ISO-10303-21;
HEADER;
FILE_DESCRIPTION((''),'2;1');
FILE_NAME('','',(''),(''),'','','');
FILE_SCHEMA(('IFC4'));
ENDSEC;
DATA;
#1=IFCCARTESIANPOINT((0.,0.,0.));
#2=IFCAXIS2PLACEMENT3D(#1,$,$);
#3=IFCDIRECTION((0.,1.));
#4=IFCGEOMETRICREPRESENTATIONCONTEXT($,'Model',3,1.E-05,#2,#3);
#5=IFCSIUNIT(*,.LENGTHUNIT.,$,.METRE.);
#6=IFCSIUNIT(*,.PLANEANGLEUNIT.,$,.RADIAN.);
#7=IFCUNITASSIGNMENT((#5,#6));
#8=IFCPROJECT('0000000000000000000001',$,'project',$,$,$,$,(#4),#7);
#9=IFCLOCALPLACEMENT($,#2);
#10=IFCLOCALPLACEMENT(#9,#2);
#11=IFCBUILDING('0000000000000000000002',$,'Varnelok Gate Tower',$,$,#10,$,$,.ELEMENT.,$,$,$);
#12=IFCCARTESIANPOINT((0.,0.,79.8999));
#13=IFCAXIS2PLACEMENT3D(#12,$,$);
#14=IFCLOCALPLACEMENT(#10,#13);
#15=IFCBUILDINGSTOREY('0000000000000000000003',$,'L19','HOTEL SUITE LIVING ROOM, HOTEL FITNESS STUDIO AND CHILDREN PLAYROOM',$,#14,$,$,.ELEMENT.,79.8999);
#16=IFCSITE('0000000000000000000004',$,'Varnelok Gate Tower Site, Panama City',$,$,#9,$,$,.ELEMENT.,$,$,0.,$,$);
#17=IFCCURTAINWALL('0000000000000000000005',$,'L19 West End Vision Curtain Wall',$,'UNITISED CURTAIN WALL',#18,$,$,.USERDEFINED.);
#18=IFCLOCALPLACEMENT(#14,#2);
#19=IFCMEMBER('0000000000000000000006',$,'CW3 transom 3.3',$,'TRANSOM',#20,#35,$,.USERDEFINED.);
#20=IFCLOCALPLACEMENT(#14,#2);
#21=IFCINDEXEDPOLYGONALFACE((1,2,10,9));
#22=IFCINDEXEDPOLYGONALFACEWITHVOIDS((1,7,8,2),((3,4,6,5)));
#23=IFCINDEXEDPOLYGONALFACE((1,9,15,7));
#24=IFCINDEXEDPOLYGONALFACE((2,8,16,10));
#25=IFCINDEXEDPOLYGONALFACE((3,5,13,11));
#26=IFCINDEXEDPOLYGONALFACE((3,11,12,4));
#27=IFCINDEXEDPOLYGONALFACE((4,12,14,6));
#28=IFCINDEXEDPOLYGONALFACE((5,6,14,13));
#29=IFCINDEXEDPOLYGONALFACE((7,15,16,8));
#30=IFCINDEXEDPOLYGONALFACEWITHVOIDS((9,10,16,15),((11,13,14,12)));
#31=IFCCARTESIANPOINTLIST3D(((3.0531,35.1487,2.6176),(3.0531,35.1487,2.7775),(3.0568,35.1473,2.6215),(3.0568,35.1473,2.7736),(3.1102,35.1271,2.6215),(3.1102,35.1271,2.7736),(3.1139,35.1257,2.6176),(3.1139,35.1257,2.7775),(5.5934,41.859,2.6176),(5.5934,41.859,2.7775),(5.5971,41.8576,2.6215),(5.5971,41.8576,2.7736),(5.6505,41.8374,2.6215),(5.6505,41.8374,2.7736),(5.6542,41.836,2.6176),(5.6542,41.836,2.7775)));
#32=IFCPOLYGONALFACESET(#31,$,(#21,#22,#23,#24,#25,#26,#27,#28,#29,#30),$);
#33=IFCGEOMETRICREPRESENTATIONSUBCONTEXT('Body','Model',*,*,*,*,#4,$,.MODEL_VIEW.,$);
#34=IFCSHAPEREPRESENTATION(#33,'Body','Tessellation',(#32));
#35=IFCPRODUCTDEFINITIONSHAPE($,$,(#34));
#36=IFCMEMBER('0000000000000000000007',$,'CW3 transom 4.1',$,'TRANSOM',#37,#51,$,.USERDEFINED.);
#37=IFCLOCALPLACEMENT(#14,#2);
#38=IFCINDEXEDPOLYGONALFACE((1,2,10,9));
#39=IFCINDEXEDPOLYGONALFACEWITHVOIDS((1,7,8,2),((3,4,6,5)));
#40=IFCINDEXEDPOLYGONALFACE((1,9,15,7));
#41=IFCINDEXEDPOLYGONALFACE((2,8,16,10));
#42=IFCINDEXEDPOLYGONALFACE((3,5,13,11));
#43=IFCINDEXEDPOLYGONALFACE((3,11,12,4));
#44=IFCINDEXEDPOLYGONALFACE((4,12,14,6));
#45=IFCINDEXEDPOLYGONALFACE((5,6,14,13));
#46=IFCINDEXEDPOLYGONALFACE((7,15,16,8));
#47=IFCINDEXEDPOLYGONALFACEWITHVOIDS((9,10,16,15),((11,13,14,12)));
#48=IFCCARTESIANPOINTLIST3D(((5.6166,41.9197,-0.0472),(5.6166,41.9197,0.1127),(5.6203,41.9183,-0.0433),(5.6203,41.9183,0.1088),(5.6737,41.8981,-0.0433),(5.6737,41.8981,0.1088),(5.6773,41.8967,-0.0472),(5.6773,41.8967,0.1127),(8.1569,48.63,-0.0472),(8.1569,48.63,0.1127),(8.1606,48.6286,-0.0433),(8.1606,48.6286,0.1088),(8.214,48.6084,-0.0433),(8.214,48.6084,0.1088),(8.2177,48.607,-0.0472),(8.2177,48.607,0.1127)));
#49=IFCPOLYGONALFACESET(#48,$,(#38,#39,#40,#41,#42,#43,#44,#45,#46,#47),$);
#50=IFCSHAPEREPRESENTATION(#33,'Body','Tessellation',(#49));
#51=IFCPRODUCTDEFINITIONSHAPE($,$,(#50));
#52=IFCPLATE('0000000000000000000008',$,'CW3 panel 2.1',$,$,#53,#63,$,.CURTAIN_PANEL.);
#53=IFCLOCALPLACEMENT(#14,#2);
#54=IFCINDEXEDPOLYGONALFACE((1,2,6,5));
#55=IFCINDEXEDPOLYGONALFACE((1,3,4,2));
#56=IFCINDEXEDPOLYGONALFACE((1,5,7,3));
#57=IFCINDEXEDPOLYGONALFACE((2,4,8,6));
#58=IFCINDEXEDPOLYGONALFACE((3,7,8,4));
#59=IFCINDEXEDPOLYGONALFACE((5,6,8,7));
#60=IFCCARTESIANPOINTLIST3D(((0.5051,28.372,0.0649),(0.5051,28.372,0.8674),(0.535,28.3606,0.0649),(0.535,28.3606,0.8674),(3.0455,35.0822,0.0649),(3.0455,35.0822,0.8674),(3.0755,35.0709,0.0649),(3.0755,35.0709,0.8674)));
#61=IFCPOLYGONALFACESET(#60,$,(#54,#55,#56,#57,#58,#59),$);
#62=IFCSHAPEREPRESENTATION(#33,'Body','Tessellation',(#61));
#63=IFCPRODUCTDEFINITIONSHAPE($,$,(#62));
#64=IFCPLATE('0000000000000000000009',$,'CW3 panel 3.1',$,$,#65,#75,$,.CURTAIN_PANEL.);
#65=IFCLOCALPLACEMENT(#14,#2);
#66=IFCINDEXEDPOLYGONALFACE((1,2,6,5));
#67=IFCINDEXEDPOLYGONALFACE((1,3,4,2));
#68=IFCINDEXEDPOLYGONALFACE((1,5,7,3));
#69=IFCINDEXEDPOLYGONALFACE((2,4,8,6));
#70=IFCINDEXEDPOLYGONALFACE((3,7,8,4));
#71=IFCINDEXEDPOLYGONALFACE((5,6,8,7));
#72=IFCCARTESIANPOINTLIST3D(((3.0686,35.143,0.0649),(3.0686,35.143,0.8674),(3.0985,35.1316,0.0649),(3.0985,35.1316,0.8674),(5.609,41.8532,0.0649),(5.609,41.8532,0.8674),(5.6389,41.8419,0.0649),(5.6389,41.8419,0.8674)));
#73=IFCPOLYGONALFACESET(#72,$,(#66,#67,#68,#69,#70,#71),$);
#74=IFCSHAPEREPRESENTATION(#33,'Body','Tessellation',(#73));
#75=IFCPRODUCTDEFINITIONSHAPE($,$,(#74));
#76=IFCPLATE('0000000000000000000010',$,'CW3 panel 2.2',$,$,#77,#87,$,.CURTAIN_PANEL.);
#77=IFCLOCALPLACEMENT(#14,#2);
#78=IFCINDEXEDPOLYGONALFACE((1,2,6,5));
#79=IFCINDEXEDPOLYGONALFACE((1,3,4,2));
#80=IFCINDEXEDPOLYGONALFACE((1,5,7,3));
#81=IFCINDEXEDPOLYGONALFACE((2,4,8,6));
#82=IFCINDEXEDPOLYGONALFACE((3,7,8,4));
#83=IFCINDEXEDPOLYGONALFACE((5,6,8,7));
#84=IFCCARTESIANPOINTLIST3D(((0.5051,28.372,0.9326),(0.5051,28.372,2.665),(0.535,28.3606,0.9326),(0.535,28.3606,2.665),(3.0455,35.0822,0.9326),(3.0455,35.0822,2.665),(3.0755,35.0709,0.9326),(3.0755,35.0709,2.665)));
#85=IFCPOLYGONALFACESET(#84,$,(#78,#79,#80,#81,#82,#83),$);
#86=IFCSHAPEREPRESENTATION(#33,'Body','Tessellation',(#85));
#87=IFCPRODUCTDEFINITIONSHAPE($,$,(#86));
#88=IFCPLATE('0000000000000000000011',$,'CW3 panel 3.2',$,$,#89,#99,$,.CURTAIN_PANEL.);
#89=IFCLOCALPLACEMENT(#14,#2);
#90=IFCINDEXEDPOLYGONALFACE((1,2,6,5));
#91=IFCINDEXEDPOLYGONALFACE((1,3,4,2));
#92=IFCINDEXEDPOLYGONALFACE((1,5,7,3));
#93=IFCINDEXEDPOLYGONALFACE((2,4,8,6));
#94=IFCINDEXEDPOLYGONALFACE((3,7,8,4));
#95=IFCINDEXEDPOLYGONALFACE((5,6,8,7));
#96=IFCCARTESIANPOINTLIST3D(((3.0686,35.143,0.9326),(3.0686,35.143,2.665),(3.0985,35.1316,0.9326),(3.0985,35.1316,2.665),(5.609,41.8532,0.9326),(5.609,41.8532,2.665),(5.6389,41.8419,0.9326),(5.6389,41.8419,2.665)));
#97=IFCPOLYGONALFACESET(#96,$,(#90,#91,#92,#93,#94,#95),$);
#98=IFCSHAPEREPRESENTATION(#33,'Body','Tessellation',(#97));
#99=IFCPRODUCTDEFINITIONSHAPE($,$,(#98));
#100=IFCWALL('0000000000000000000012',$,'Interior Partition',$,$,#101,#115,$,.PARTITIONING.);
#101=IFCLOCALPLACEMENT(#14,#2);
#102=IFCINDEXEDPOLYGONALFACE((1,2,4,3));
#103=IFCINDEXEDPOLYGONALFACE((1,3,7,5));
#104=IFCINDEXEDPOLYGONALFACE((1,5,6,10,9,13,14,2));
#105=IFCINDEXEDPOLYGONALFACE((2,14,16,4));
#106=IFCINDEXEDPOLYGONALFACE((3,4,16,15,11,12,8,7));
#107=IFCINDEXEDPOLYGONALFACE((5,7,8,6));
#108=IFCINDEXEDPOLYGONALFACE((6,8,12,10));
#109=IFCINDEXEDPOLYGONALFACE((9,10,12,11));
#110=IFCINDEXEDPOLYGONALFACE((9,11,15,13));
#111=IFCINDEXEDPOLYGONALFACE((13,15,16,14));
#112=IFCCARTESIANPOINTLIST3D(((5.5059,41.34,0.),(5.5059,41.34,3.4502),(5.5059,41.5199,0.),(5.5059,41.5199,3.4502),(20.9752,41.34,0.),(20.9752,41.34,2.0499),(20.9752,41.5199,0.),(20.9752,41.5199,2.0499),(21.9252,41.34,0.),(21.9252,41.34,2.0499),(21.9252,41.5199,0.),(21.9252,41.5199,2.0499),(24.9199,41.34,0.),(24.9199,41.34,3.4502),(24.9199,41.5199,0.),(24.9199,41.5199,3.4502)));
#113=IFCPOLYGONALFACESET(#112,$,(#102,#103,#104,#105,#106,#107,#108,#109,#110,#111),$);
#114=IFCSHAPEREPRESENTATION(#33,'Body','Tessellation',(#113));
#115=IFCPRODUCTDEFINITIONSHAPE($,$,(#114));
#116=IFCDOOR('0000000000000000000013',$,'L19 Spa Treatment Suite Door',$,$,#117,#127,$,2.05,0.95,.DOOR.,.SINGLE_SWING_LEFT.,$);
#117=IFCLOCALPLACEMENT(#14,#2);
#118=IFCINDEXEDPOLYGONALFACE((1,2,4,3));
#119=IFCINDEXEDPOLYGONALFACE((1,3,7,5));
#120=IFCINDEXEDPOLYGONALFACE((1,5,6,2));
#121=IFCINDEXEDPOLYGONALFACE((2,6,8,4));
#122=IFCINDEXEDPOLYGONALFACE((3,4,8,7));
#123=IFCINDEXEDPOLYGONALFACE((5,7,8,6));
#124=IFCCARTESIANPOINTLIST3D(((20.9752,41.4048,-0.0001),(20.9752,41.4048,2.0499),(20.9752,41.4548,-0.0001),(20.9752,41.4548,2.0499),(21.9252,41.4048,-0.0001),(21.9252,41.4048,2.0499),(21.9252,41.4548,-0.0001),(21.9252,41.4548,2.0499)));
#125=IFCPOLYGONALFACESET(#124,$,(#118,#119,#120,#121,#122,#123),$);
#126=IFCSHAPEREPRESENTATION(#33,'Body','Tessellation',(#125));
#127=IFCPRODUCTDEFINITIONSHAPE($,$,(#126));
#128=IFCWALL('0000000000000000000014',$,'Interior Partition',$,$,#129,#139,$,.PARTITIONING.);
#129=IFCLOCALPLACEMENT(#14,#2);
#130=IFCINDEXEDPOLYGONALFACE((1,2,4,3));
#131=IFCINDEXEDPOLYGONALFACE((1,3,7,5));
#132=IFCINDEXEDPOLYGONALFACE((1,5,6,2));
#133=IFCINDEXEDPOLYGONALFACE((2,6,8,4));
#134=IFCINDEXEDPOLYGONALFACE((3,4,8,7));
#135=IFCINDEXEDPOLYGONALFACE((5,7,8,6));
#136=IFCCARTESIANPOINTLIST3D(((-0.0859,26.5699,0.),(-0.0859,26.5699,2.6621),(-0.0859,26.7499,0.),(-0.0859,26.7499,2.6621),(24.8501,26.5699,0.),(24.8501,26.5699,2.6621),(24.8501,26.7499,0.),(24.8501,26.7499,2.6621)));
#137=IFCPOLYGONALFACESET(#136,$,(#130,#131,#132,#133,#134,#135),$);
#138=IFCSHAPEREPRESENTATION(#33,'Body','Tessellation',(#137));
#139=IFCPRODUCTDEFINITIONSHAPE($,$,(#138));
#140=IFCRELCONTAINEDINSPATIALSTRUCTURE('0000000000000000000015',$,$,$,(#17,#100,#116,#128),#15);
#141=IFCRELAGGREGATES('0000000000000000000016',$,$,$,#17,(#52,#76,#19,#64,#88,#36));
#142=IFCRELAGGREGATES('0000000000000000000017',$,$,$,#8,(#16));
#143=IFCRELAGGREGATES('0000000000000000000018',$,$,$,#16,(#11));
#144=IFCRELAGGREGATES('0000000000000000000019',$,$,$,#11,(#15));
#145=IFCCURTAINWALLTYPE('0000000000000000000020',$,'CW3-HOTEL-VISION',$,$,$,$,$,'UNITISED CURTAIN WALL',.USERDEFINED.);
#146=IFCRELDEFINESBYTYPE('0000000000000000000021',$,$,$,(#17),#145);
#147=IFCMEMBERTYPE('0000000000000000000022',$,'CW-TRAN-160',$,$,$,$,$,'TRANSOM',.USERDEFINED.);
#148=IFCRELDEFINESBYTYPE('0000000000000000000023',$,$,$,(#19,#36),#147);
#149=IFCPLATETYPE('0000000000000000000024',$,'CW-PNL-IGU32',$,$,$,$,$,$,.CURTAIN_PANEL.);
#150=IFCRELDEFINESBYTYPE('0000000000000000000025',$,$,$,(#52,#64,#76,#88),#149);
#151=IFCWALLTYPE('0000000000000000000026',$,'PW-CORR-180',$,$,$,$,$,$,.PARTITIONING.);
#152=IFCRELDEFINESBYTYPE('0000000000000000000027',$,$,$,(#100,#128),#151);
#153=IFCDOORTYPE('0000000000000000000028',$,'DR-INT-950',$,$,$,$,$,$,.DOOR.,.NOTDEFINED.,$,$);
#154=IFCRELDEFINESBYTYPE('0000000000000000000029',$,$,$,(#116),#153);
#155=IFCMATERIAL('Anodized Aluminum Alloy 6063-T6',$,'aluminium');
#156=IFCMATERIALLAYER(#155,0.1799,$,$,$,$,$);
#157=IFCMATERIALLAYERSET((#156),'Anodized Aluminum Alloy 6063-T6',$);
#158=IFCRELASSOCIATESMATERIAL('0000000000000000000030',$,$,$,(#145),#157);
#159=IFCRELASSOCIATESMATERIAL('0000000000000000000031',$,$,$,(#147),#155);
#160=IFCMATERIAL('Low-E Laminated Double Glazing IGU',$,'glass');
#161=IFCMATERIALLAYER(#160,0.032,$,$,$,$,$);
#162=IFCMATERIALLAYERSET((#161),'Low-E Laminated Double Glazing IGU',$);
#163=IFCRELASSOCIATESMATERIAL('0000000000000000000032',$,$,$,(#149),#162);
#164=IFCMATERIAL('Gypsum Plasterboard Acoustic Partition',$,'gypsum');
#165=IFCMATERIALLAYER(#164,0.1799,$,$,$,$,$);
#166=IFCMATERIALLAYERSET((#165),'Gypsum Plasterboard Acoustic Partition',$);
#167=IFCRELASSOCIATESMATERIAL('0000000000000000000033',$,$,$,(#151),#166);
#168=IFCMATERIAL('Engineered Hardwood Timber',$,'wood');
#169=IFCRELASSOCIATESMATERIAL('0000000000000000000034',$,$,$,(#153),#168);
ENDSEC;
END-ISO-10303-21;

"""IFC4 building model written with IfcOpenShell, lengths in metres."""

from ifc_helpers import new_model, si_unit, direction, frame, frame_2d, origin, origin_2d, place, context, subcontext, project, spatial, rectangle, hollow_rectangle, extrude, source, transform, mapped, material, layer, layer_set, material_profile, profile_set, type_object, element, fill, aggregate, save


model = new_model("IFC4")

# Units and contexts
model_context = context("Model", 3, precision=1e-05, world=origin(), true_north=direction((0.0, 1.0)))
body_context = subcontext(model_context, "Body", "Model", "MODEL_VIEW")
ifc_project = project(units=[si_unit("LENGTHUNIT", "METRE"), si_unit("PLANEANGLEUNIT", "RADIAN")], contexts=[model_context])

# Site, building, storey
site_placement = place(None, origin())
site = spatial("IfcSite", under=ifc_project, at=site_placement, Name="Varnelok Gate Tower Site, Panama City", CompositionType="ELEMENT", RefElevation=0.0)
building_placement = place(site_placement, origin())
building = spatial("IfcBuilding", under=site, at=building_placement, Name="Varnelok Gate Tower", CompositionType="ELEMENT")
storey_placement = place(building_placement, frame((0.0, 0.0, 79.8999)))
storey = spatial("IfcBuildingStorey", under=building, at=storey_placement, Name="L19", Description="HOTEL SUITE LIVING ROOM, HOTEL FITNESS STUDIO AND CHILDREN PLAYROOM", CompositionType="ELEMENT", Elevation=79.8999)

# Curtain wall, members, plates
ifc_material_1 = material(Name="Anodized Aluminum Alloy 6063-T6", Category="aluminium")
ifc_layer_1 = layer(ifc_material_1, 0.1799)
ifc_layer_set_1 = layer_set([ifc_layer_1], Name="Anodized Aluminum Alloy 6063-T6")
curtain_wall_type = type_object("IfcCurtainWallType", Name="CW3-HOTEL-VISION", ElementType="UNITISED CURTAIN WALL", PredefinedType="USERDEFINED", material=ifc_layer_set_1)
curtain_wall_placement = place(storey_placement, origin())
curtain_wall = element("IfcCurtainWall", 1, at=curtain_wall_placement, inside=storey, type_object=curtain_wall_type, Name="L19 West End Vision Curtain Wall", ObjectType="UNITISED CURTAIN WALL", PredefinedType="USERDEFINED")
ifc_material_profile_1 = material_profile(ifc_material_1, hollow_rectangle(XDim=0.0649, YDim=0.1599, WallThickness=0.0039, at=origin_2d()), Name="ALU160X65X4")
ifc_profile_set_1 = profile_set([ifc_material_profile_1], Name="Anodized Aluminum Alloy 6063-T6")
member_type_1 = type_object("IfcMemberType", Name="CW-TRAN-160", ElementType="TRANSOM", PredefinedType="USERDEFINED", material=ifc_profile_set_1)
member_1_placement = place(storey_placement, frame((3.0835, 35.1372, 2.6975), z_axis=(0.354049, 0.935227, 0.0), x_axis=(-0.935227, 0.354049, 0.0)))
member_1 = element("IfcMember", 2, at=member_1_placement, type_object=member_type_1, Name="CW3 transom 3.3", ObjectType="TRANSOM", PredefinedType="USERDEFINED", context=body_context, shape_type="SweptSolid", body=[
    extrude(hollow_rectangle(XDim=0.0649, YDim=0.1599, WallThickness=0.0039, at=origin_2d()), origin(), (0.0, 0.0, 1.0), 7.175),
])
member_2_placement = place(storey_placement, frame((5.647, 41.9082, 0.0327), z_axis=(0.354049, 0.935227, 0.0), x_axis=(-0.935227, 0.354049, 0.0)))
member_2 = element("IfcMember", 3, at=member_2_placement, type_object=member_type_1, Name="CW3 transom 4.1", ObjectType="TRANSOM", PredefinedType="USERDEFINED", context=body_context, shape_type="SweptSolid", body=[
    extrude(hollow_rectangle(XDim=0.0649, YDim=0.1599, WallThickness=0.0039, at=origin_2d()), origin(), (0.0, 0.0, 1.0), 7.175),
])
ifc_material_2 = material(Name="Low-E Laminated Double Glazing IGU", Category="glass")
ifc_layer_2 = layer(ifc_material_2, 0.032)
ifc_layer_set_2 = layer_set([ifc_layer_2], Name="Low-E Laminated Double Glazing IGU")
plate_type = type_object("IfcPlateType", Name="CW-PNL-IGU32", PredefinedType="CURTAIN_PANEL", material=ifc_layer_set_2)
shared_shape_1 = source(origin(), body_context, "Body", "SweptSolid", [
    extrude(rectangle(XDim=7.175, YDim=0.032, at=origin_2d()), origin(), (0.0, 0.0, 1.0), 0.8025),
])
plate_1_placement = place(storey_placement, frame((1.7903, 31.7214, 0.0649), z_axis=(0.0, 0.0, 1.0), x_axis=(0.354064, 0.935221, 0.0)))
plate_1 = element("IfcPlate", 4, at=plate_1_placement, type_object=plate_type, Name="CW3 panel 2.1", PredefinedType="CURTAIN_PANEL", context=body_context, shape_type="MappedRepresentation", body=[
    mapped(shared_shape_1, transform((0.0, 0.0, 0.0), scale=1.0)),
])
plate_2_placement = place(storey_placement, frame((4.3538, 38.4924, 0.0649), z_axis=(0.0, 0.0, 1.0), x_axis=(0.354064, 0.935221, 0.0)))
plate_2 = element("IfcPlate", 5, at=plate_2_placement, type_object=plate_type, Name="CW3 panel 3.1", PredefinedType="CURTAIN_PANEL", context=body_context, shape_type="MappedRepresentation", body=[
    mapped(shared_shape_1, transform((0.0, 0.0, 0.0), scale=1.0)),
])
shared_shape_2 = source(origin(), body_context, "Body", "SweptSolid", [
    extrude(rectangle(XDim=7.175, YDim=0.032, at=origin_2d()), origin(), (0.0, 0.0, 1.0), 1.7324),
])
plate_3_placement = place(storey_placement, frame((1.7903, 31.7214, 0.9326), z_axis=(0.0, 0.0, 1.0), x_axis=(0.354064, 0.935221, 0.0)))
plate_3 = element("IfcPlate", 6, at=plate_3_placement, type_object=plate_type, Name="CW3 panel 2.2", PredefinedType="CURTAIN_PANEL", context=body_context, shape_type="MappedRepresentation", body=[
    mapped(shared_shape_2, transform((0.0, 0.0, 0.0), scale=1.0)),
])
plate_4_placement = place(storey_placement, frame((4.3538, 38.4924, 0.9326), z_axis=(0.0, 0.0, 1.0), x_axis=(0.354064, 0.935221, 0.0)))
plate_4 = element("IfcPlate", 7, at=plate_4_placement, type_object=plate_type, Name="CW3 panel 3.2", PredefinedType="CURTAIN_PANEL", context=body_context, shape_type="MappedRepresentation", body=[
    mapped(shared_shape_2, transform((0.0, 0.0, 0.0), scale=1.0)),
])
aggregate(curtain_wall, [plate_1, plate_3, member_1, plate_2, plate_4, member_2])

# Wall, opening, door
ifc_material_3 = material(Name="Gypsum Plasterboard Acoustic Partition", Category="gypsum")
ifc_layer_3 = layer(ifc_material_3, 0.1799)
ifc_layer_set_3 = layer_set([ifc_layer_3], Name="Gypsum Plasterboard Acoustic Partition")
wall_type = type_object("IfcWallType", Name="PW-CORR-180", PredefinedType="PARTITIONING", material=ifc_layer_set_3)
wall_1_placement = place(storey_placement, frame((5.5059, 41.4299, 0.0), z_axis=(0.0, 0.0, 1.0), x_axis=(1.0, 0.0, 0.0)))
wall_1 = element("IfcWall", 8, at=wall_1_placement, inside=storey, type_object=wall_type, Name="Interior Partition", PredefinedType="PARTITIONING", context=body_context, shape_type="SweptSolid", body=[
    extrude(rectangle(XDim=19.4141, YDim=0.1799, at=frame_2d((9.707, 0.0))), origin(), (0.0, 0.0, 1.0), 3.4502),
])
opening_placement = place(wall_1_placement, frame((15.4692, 0.0, 0.0)))
opening = element("IfcOpeningElement", 9, at=opening_placement, cuts=wall_1, PredefinedType="OPENING", context=body_context, shape_type="SweptSolid", body=[
    extrude(rectangle(XDim=0.95, YDim=2.05, at=frame_2d((0.4751, 1.0249))), frame((0.0, 0.0999, 0.0), z_axis=(0.0, -1.0, 0.0), x_axis=(1.0, 0.0, 0.0)), (0.0, 0.0, 1.0), 0.2),
])
ifc_material_4 = material(Name="Engineered Hardwood Timber", Category="wood")
door_type = type_object("IfcDoorType", Name="DR-INT-950", OperationType="NOTDEFINED", PredefinedType="DOOR", material=ifc_material_4)
door_placement = place(opening_placement, origin())
door = element("IfcDoor", 10, at=door_placement, inside=storey, type_object=door_type, Name="L19 Spa Treatment Suite Door", OperationType="SINGLE_SWING_LEFT", OverallHeight=2.05, OverallWidth=0.95, PredefinedType="DOOR", context=body_context, shape_type="SweptSolid", body=[
    extrude(rectangle(XDim=0.95, YDim=2.05, at=frame_2d((0.4751, 1.0249))), frame((0.0, 0.0249, 0.0), z_axis=(0.0, -1.0, 0.0), x_axis=(1.0, 0.0, 0.0)), (0.0, 0.0, 1.0), 0.05),
])
fill(opening, door)

# Wall
wall_2_placement = place(storey_placement, frame((-0.0859, 26.6599, 0.0), z_axis=(0.0, 0.0, 1.0), x_axis=(1.0, 0.0, 0.0)))
element("IfcWall", 11, at=wall_2_placement, inside=storey, type_object=wall_type, Name="Interior Partition", PredefinedType="PARTITIONING", context=body_context, shape_type="SweptSolid", body=[
    extrude(rectangle(XDim=24.936, YDim=0.1799, at=frame_2d((12.468, 0.0))), origin(), (0.0, 0.0, 1.0), 2.6621),
])

save(model, "model.ifc")
